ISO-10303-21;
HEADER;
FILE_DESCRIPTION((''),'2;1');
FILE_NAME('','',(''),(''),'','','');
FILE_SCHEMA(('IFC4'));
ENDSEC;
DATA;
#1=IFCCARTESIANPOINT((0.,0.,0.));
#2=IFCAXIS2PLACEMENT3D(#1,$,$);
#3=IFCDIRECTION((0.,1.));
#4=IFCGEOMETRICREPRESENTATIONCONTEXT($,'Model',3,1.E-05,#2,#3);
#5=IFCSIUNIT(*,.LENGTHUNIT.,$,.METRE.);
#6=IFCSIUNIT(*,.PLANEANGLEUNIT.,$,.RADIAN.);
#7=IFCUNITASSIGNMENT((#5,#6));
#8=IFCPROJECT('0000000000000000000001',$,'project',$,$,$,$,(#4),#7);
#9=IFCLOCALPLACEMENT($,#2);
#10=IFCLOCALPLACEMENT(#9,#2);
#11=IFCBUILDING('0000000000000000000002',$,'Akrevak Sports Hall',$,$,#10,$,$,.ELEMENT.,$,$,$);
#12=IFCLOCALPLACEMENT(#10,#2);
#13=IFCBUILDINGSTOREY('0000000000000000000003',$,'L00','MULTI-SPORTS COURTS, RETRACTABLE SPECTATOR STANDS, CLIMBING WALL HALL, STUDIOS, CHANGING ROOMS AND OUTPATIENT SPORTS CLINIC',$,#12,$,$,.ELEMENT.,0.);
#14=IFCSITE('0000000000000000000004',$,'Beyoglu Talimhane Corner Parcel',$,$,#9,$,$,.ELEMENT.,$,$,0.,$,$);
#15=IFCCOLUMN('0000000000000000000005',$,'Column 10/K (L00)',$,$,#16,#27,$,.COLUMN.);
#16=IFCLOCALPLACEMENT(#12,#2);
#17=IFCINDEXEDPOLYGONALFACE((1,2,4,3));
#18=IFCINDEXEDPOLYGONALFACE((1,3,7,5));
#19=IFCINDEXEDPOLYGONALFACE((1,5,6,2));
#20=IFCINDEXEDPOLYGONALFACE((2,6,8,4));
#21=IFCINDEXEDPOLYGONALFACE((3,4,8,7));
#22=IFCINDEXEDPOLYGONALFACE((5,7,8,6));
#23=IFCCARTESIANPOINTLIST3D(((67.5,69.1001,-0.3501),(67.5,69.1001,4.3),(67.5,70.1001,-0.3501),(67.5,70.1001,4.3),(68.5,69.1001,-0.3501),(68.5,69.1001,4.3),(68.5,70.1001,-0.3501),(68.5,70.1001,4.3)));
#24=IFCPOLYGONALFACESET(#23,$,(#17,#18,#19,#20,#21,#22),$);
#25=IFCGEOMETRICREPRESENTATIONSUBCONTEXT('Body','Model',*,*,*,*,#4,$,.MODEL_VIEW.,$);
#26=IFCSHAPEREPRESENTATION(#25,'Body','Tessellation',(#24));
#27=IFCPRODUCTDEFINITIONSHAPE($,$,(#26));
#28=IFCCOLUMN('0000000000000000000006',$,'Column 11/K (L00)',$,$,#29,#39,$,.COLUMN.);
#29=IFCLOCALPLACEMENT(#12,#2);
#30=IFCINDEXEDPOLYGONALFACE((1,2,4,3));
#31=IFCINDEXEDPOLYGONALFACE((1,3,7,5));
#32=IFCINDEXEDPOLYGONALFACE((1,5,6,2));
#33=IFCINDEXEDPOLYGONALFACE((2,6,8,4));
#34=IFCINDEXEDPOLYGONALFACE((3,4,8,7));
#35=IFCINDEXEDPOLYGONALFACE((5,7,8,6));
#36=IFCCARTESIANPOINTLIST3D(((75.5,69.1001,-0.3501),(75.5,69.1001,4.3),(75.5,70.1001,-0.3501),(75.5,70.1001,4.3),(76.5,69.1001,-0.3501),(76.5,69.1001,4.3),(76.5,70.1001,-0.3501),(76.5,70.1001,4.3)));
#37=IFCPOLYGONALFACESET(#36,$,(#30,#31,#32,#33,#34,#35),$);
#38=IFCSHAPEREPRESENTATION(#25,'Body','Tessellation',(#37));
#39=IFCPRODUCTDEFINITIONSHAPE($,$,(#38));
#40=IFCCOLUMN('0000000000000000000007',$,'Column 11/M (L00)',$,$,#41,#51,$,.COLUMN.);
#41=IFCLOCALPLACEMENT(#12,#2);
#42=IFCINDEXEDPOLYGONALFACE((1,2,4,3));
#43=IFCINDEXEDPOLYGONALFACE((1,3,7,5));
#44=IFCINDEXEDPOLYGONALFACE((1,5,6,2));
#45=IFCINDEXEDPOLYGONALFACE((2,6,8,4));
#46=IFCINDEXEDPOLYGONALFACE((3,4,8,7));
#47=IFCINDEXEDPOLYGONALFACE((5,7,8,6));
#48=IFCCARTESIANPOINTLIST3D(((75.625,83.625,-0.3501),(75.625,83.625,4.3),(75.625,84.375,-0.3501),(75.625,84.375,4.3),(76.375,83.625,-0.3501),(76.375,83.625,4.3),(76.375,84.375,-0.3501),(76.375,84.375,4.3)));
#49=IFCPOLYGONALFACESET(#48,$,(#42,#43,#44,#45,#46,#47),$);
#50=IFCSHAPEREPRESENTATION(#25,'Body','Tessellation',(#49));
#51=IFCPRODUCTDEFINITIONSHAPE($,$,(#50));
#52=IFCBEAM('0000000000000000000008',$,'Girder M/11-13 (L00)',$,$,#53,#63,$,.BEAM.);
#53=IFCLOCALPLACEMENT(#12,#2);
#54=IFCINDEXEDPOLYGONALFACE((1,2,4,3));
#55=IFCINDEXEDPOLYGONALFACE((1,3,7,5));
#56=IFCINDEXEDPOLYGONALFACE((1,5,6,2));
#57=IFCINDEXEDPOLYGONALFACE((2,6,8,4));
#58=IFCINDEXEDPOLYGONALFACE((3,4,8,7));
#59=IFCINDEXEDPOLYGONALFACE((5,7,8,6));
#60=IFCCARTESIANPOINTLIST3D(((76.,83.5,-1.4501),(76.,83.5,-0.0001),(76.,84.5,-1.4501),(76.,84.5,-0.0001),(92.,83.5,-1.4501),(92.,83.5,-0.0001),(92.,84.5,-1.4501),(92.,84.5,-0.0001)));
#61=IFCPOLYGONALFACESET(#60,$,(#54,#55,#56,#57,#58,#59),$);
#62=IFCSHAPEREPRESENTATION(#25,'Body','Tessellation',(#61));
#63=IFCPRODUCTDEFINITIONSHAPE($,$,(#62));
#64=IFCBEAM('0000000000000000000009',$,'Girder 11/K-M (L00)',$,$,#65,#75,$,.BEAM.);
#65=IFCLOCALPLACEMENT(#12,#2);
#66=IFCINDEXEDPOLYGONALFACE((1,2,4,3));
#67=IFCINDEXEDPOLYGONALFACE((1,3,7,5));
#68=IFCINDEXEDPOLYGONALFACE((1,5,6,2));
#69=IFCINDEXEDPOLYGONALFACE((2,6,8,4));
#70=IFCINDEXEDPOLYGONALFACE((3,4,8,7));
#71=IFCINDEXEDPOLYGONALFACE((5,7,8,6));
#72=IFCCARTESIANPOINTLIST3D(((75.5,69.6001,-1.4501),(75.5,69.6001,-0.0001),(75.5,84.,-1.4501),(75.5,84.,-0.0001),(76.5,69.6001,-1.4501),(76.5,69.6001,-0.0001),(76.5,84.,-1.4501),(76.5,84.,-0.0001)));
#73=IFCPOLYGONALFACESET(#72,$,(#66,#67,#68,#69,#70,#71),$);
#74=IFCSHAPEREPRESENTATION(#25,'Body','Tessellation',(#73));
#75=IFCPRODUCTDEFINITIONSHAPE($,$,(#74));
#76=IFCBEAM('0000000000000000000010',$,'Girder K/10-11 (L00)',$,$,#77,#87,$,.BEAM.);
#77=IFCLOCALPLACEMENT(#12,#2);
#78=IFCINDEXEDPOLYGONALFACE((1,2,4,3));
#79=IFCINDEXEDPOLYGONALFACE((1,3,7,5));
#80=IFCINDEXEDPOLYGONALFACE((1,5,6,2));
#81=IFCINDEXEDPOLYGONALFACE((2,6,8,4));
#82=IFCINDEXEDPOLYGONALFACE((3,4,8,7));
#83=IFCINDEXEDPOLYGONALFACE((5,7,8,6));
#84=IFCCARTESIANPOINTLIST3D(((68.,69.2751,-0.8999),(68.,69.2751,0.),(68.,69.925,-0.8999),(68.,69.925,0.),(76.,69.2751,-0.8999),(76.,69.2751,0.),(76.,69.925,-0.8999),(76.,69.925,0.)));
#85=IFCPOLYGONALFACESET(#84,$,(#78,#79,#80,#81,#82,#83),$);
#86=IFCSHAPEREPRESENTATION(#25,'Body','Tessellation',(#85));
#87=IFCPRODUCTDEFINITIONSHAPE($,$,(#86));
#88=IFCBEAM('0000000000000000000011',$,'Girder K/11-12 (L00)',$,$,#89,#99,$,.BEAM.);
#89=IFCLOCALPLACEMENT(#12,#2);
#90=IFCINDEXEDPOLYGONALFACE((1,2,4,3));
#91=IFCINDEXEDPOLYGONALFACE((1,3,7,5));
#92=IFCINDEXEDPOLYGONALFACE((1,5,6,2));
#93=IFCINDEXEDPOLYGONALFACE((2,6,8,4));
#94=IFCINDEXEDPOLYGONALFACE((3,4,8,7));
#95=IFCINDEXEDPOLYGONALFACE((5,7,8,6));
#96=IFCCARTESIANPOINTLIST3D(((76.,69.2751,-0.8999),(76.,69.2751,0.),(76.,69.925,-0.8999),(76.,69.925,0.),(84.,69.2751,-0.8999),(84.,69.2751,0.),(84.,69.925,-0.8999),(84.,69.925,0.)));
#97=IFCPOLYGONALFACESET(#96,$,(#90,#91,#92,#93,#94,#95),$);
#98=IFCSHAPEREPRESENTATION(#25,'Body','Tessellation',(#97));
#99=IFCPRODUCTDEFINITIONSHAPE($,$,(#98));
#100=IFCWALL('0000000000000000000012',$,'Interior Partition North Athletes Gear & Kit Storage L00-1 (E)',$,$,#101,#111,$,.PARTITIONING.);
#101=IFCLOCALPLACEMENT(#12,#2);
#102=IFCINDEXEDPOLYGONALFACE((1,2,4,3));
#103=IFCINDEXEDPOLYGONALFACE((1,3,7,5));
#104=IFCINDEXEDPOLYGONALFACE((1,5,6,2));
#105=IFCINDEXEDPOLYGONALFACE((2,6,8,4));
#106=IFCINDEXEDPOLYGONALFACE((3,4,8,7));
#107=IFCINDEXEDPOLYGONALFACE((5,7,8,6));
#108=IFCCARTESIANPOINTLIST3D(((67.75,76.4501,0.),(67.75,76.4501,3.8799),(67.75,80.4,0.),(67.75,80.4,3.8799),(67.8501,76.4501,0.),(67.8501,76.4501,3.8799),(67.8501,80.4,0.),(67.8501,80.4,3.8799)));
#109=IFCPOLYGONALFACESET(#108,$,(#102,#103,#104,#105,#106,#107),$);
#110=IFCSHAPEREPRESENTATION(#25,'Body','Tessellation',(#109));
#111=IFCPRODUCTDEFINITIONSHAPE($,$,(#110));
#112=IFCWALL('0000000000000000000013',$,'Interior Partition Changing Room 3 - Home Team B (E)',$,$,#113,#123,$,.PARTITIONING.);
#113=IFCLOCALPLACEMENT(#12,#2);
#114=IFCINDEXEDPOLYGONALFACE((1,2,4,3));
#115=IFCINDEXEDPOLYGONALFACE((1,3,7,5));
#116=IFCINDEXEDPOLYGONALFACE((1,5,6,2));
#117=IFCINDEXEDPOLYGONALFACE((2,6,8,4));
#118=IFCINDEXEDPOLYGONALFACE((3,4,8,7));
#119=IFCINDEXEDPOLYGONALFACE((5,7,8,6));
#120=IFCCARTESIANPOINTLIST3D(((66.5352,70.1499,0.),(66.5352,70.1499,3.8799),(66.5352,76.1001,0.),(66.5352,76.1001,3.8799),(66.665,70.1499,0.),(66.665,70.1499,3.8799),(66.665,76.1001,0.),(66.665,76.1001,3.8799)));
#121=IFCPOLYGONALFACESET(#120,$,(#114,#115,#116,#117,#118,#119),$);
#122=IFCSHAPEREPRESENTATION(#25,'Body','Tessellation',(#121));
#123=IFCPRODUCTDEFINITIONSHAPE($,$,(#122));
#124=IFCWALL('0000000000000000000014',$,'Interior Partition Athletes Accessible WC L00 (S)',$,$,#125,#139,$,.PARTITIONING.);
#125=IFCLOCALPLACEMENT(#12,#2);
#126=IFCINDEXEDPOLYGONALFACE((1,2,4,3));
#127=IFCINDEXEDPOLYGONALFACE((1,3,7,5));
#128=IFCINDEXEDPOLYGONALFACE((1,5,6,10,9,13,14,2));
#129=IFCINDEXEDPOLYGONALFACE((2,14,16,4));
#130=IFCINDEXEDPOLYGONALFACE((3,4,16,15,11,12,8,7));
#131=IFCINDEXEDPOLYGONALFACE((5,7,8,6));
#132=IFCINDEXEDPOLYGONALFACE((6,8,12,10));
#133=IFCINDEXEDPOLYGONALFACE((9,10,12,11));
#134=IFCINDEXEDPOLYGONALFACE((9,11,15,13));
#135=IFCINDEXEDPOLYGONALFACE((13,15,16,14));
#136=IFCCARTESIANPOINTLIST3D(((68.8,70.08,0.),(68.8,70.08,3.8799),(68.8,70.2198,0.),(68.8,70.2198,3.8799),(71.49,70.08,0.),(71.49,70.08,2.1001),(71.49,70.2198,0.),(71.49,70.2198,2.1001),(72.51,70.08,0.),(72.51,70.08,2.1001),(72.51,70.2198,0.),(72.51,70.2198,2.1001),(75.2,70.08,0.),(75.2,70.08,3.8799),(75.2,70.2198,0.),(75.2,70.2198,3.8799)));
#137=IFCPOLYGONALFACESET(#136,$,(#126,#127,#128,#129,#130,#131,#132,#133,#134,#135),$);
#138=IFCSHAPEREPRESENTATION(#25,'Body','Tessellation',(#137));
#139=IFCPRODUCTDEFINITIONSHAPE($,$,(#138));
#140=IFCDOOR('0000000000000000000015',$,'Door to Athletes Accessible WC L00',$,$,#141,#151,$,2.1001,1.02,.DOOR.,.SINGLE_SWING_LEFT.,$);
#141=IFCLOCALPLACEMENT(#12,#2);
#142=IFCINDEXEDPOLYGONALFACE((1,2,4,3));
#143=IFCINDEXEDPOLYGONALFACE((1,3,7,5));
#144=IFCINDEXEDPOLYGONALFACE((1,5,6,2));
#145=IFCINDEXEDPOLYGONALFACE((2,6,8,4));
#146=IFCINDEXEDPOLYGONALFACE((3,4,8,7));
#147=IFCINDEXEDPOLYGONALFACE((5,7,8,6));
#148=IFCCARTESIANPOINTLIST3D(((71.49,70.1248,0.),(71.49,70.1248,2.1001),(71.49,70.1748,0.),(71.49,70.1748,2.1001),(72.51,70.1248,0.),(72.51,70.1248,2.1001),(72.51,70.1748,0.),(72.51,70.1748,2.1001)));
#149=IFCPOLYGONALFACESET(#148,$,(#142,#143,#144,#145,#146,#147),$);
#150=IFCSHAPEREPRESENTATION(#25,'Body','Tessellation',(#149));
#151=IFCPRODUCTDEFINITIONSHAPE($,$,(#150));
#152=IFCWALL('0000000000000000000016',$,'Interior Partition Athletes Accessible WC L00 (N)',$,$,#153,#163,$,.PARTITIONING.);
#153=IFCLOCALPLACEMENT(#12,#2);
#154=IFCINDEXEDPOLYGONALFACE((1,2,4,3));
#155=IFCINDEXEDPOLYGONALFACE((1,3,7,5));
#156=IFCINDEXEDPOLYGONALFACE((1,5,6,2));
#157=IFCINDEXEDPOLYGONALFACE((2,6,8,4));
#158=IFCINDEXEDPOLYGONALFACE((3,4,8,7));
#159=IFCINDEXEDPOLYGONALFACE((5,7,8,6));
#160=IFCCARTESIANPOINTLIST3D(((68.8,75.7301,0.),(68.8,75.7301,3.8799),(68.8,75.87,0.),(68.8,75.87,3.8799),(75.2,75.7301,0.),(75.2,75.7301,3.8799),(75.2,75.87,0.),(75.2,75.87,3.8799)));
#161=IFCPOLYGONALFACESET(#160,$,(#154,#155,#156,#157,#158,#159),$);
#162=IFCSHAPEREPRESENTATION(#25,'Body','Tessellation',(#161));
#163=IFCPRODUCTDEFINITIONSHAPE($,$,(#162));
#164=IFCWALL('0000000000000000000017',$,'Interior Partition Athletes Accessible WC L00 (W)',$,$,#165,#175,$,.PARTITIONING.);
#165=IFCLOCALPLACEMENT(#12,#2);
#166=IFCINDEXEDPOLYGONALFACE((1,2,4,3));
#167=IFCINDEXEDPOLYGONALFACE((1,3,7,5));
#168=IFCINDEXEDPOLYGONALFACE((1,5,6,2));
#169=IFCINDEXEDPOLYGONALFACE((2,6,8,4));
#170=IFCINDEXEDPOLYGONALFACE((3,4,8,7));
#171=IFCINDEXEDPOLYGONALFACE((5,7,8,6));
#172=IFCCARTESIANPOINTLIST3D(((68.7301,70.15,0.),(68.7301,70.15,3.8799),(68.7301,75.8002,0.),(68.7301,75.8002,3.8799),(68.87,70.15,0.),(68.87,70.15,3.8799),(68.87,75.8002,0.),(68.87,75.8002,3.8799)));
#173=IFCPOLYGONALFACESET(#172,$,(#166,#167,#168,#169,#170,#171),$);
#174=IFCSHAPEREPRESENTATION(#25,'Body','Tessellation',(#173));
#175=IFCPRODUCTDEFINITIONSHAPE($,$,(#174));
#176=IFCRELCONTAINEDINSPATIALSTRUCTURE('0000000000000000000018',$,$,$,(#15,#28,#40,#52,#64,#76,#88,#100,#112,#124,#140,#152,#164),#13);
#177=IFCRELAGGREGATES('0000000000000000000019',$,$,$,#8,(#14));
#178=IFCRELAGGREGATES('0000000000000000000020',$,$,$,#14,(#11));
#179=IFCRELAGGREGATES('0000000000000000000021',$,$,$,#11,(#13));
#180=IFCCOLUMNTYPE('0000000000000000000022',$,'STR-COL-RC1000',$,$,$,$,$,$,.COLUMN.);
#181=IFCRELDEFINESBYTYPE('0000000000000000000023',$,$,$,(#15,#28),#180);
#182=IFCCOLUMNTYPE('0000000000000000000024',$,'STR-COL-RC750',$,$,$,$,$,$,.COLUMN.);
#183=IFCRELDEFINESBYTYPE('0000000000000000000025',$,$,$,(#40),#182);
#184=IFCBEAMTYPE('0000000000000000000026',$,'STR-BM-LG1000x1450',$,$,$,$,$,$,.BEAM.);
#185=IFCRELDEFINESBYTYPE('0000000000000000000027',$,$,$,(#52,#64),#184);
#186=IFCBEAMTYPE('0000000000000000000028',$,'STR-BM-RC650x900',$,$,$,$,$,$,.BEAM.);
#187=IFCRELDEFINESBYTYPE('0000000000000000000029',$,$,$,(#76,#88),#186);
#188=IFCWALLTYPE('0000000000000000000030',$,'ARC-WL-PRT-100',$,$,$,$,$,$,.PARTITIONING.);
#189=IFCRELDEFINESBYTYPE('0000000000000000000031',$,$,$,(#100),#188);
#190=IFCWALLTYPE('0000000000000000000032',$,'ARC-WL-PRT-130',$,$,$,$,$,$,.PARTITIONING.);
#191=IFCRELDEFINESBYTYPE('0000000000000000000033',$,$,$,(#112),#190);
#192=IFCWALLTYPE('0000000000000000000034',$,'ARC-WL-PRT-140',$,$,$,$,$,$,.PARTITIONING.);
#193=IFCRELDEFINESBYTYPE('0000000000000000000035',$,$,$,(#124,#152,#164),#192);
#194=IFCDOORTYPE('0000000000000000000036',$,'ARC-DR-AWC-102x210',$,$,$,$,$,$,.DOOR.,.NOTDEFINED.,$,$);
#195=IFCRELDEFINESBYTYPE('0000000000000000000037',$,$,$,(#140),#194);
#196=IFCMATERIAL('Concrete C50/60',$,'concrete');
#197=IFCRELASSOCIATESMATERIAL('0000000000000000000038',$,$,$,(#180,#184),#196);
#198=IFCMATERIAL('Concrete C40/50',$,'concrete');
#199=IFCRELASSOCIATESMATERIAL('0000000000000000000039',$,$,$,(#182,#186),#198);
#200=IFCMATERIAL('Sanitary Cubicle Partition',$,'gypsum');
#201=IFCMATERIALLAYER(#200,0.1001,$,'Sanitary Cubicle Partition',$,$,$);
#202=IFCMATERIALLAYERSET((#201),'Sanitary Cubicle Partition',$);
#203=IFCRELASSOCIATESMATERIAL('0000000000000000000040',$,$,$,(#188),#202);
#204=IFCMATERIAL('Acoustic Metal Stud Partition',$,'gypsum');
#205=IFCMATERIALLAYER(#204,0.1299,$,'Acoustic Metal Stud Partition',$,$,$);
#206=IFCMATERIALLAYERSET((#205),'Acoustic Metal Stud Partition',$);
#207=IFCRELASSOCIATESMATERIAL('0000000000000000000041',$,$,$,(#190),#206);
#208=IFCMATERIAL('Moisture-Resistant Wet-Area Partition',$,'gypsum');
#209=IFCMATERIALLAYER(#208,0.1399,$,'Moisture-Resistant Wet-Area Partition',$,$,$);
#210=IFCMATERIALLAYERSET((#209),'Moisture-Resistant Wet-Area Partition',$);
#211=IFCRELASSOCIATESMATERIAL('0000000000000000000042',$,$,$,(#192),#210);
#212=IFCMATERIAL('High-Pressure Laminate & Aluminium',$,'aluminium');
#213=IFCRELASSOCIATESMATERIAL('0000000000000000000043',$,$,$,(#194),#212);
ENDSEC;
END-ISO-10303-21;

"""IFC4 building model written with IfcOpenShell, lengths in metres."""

from ifc_helpers import new_model, si_unit, direction, frame, frame_2d, origin, origin_2d, place, context, subcontext, project, spatial, rectangle, extrude, material, layer, layer_set, material_profile, profile_set, type_object, element, fill, save


model = new_model("IFC4")

# Units and contexts
model_context = context("Model", 3, precision=1e-05, world=origin(), true_north=direction((0.0, 1.0)))
body_context = subcontext(model_context, "Body", "Model", "MODEL_VIEW")
ifc_project = project(units=[si_unit("LENGTHUNIT", "METRE"), si_unit("PLANEANGLEUNIT", "RADIAN")], contexts=[model_context])

# Site, building, storey
site_placement = place(None, origin())
site = spatial("IfcSite", under=ifc_project, at=site_placement, Name="Beyoglu Talimhane Corner Parcel", CompositionType="ELEMENT", RefElevation=0.0)
building_placement = place(site_placement, origin())
building = spatial("IfcBuilding", under=site, at=building_placement, Name="Akrevak Sports Hall", CompositionType="ELEMENT")
storey_placement = place(building_placement, origin())
storey = spatial("IfcBuildingStorey", under=building, at=storey_placement, Name="L00", Description="MULTI-SPORTS COURTS, RETRACTABLE SPECTATOR STANDS, CLIMBING WALL HALL, STUDIOS, CHANGING ROOMS AND OUTPATIENT SPORTS CLINIC", CompositionType="ELEMENT", Elevation=0.0)

# Columns
ifc_material_1 = material(Name="Concrete C50/60", Category="concrete")
ifc_material_profile_1 = material_profile(ifc_material_1, rectangle(XDim=1.0, YDim=1.0, at=origin_2d()), Name="RC 1000x1000", Category="concrete")
ifc_profile_set_1 = profile_set([ifc_material_profile_1], Name="Concrete C50/60")
column_type_1 = type_object("IfcColumnType", Name="STR-COL-RC1000", PredefinedType="COLUMN", material=ifc_profile_set_1)
for number, where, z_axis, x_axis, name in (
    (1, (68.0, 69.6001, -0.3501), (0.0, 0.0, 1.0), (1.0, 0.0, 0.0), "Column 10/K (L00)"),
    (2, (76.0, 69.6001, -0.3501), (0.0, 0.0, 1.0), (1.0, 0.0, 0.0), "Column 11/K (L00)"),
):
    element("IfcColumn", number, at=place(storey_placement, frame(where, z_axis=z_axis, x_axis=x_axis)), inside=storey, type_object=column_type_1, Name=name, PredefinedType="COLUMN", context=body_context, shape_type="SweptSolid", body=[
        extrude(rectangle(XDim=1.0, YDim=1.0, at=origin_2d()), origin(), (0.0, 0.0, 1.0), 4.6501),
    ])
ifc_material_2 = material(Name="Concrete C40/50", Category="concrete")
ifc_material_profile_2 = material_profile(ifc_material_2, rectangle(XDim=0.75, YDim=0.75, at=origin_2d()), Name="RC 750x750", Category="concrete")
ifc_profile_set_2 = profile_set([ifc_material_profile_2], Name="Concrete C40/50")
column_type_2 = type_object("IfcColumnType", Name="STR-COL-RC750", PredefinedType="COLUMN", material=ifc_profile_set_2)
column_placement = place(storey_placement, frame((76.0, 84.0, -0.3501), z_axis=(0.0, 0.0, 1.0), x_axis=(1.0, 0.0, 0.0)))
element("IfcColumn", 3, at=column_placement, inside=storey, type_object=column_type_2, Name="Column 11/M (L00)", PredefinedType="COLUMN", context=body_context, shape_type="SweptSolid", body=[
    extrude(rectangle(XDim=0.75, YDim=0.75, at=origin_2d()), origin(), (0.0, 0.0, 1.0), 4.6501),
])

# Beams
ifc_material_profile_3 = material_profile(ifc_material_1, rectangle(XDim=1.0, YDim=1.45, at=origin_2d()), Name="BM 1000x1450", Category="concrete")
ifc_profile_set_3 = profile_set([ifc_material_profile_3], Name="Concrete C50/60")
beam_type_1 = type_object("IfcBeamType", Name="STR-BM-LG1000x1450", PredefinedType="BEAM", material=ifc_profile_set_3)
beam_1_placement = place(storey_placement, frame((76.0, 84.0, -0.7251), z_axis=(1.0, 0.0, 0.0), x_axis=(0.0, 1.0, 0.0)))
element("IfcBeam", 4, at=beam_1_placement, inside=storey, type_object=beam_type_1, Name="Girder M/11-13 (L00)", PredefinedType="BEAM", context=body_context, shape_type="SweptSolid", body=[
    extrude(rectangle(XDim=1.0, YDim=1.45, at=origin_2d()), origin(), (0.0, 0.0, 1.0), 16.0),
])
beam_2_placement = place(storey_placement, frame((76.0, 69.6001, -0.7251), z_axis=(0.0, 1.0, 0.0), x_axis=(-1.0, 0.0, 0.0)))
element("IfcBeam", 5, at=beam_2_placement, inside=storey, type_object=beam_type_1, Name="Girder 11/K-M (L00)", PredefinedType="BEAM", context=body_context, shape_type="SweptSolid", body=[
    extrude(rectangle(XDim=1.0, YDim=1.45, at=origin_2d()), origin(), (0.0, 0.0, 1.0), 14.3999),
])
ifc_material_profile_4 = material_profile(ifc_material_2, rectangle(XDim=0.6499, YDim=0.8999, at=origin_2d()), Name="BM 650x900", Category="concrete")
ifc_profile_set_4 = profile_set([ifc_material_profile_4], Name="Concrete C40/50")
beam_type_2 = type_object("IfcBeamType", Name="STR-BM-RC650x900", PredefinedType="BEAM", material=ifc_profile_set_4)
for number, where, z_axis, x_axis, name in (
    (6, (68.0, 69.6001, -0.45), (1.0, 0.0, 0.0), (0.0, 1.0, 0.0), "Girder K/10-11 (L00)"),
    (7, (76.0, 69.6001, -0.45), (1.0, 0.0, 0.0), (0.0, 1.0, 0.0), "Girder K/11-12 (L00)"),
):
    element("IfcBeam", number, at=place(storey_placement, frame(where, z_axis=z_axis, x_axis=x_axis)), inside=storey, type_object=beam_type_2, Name=name, PredefinedType="BEAM", context=body_context, shape_type="SweptSolid", body=[
        extrude(rectangle(XDim=0.6499, YDim=0.8999, at=origin_2d()), origin(), (0.0, 0.0, 1.0), 8.0),
    ])

# Walls
ifc_material_3 = material(Name="Sanitary Cubicle Partition", Category="gypsum")
ifc_layer_1 = layer(ifc_material_3, 0.1001, Name="Sanitary Cubicle Partition")
ifc_layer_set_1 = layer_set([ifc_layer_1], Name="Sanitary Cubicle Partition")
wall_type_1 = type_object("IfcWallType", Name="ARC-WL-PRT-100", PredefinedType="PARTITIONING", material=ifc_layer_set_1)
wall_1_placement = place(storey_placement, frame((67.8, 76.45, 0.0), z_axis=(0.0, 0.0, 1.0), x_axis=(0.0, 1.0, 0.0)))
element("IfcWall", 8, at=wall_1_placement, inside=storey, type_object=wall_type_1, Name="Interior Partition North Athletes Gear & Kit Storage L00-1 (E)", PredefinedType="PARTITIONING", context=body_context, shape_type="SweptSolid", body=[
    extrude(rectangle(XDim=3.95, YDim=0.1001, at=frame_2d((1.9751, 0.0))), origin(), (0.0, 0.0, 1.0), 3.8799),
])
ifc_material_4 = material(Name="Acoustic Metal Stud Partition", Category="gypsum")
ifc_layer_2 = layer(ifc_material_4, 0.1299, Name="Acoustic Metal Stud Partition")
ifc_layer_set_2 = layer_set([ifc_layer_2], Name="Acoustic Metal Stud Partition")
wall_type_2 = type_object("IfcWallType", Name="ARC-WL-PRT-130", PredefinedType="PARTITIONING", material=ifc_layer_set_2)
wall_2_placement = place(storey_placement, frame((66.6001, 70.1499, 0.0), z_axis=(0.0, 0.0, 1.0), x_axis=(0.0, 1.0, 0.0)))
element("IfcWall", 9, at=wall_2_placement, inside=storey, type_object=wall_type_2, Name="Interior Partition Changing Room 3 - Home Team B (E)", PredefinedType="PARTITIONING", context=body_context, shape_type="SweptSolid", body=[
    extrude(rectangle(XDim=5.9502, YDim=0.1299, at=frame_2d((2.9751, 0.0))), origin(), (0.0, 0.0, 1.0), 3.8799),
])

# Wall, opening, door
ifc_material_5 = material(Name="Moisture-Resistant Wet-Area Partition", Category="gypsum")
ifc_layer_3 = layer(ifc_material_5, 0.1399, Name="Moisture-Resistant Wet-Area Partition")
ifc_layer_set_3 = layer_set([ifc_layer_3], Name="Moisture-Resistant Wet-Area Partition")
wall_type_3 = type_object("IfcWallType", Name="ARC-WL-PRT-140", PredefinedType="PARTITIONING", material=ifc_layer_set_3)
wall_3_placement = place(storey_placement, frame((68.8, 70.1499, 0.0), z_axis=(0.0, 0.0, 1.0), x_axis=(1.0, 0.0, 0.0)))
wall_3 = element("IfcWall", 10, at=wall_3_placement, inside=storey, type_object=wall_type_3, Name="Interior Partition Athletes Accessible WC L00 (S)", PredefinedType="PARTITIONING", context=body_context, shape_type="SweptSolid", body=[
    extrude(rectangle(XDim=6.3999, YDim=0.1399, at=frame_2d((3.2, 0.0))), origin(), (0.0, 0.0, 1.0), 3.8799),
])
opening_1_placement = place(wall_3_placement, frame((2.6899, 0.0, 0.0)))
opening_1 = element("IfcOpeningElement", 11, at=opening_1_placement, cuts=wall_3, PredefinedType="OPENING", context=body_context, shape_type="SweptSolid", body=[
    extrude(rectangle(XDim=1.02, YDim=2.1001, at=frame_2d((0.51, 1.05))), frame((0.0, 0.082, 0.0), z_axis=(0.0, -1.0, 0.0), x_axis=(1.0, 0.0, 0.0)), (0.0, 0.0, 1.0), 0.1638),
])
ifc_material_6 = material(Name="High-Pressure Laminate & Aluminium", Category="aluminium")
door_type_1 = type_object("IfcDoorType", Name="ARC-DR-AWC-102x210", OperationType="NOTDEFINED", PredefinedType="DOOR", material=ifc_material_6)
door_1_placement = place(opening_1_placement, origin())
door_1 = element("IfcDoor", 12, at=door_1_placement, inside=storey, type_object=door_type_1, Name="Door to Athletes Accessible WC L00", OperationType="SINGLE_SWING_LEFT", OverallHeight=2.1001, OverallWidth=1.02, PredefinedType="DOOR", context=body_context, shape_type="SweptSolid", body=[
    extrude(rectangle(XDim=1.02, YDim=2.1001, at=frame_2d((0.51, 1.05))), frame((0.0, 0.0249, 0.0), z_axis=(0.0, -1.0, 0.0), x_axis=(1.0, 0.0, 0.0)), (0.0, 0.0, 1.0), 0.05),
])
fill(opening_1, door_1)

# Walls
wall_4_placement = place(storey_placement, frame((68.8, 75.8, 0.0), z_axis=(0.0, 0.0, 1.0), x_axis=(1.0, 0.0, 0.0)))
element("IfcWall", 13, at=wall_4_placement, inside=storey, type_object=wall_type_3, Name="Interior Partition Athletes Accessible WC L00 (N)", PredefinedType="PARTITIONING", context=body_context, shape_type="SweptSolid", body=[
    extrude(rectangle(XDim=6.3999, YDim=0.1399, at=frame_2d((3.2, 0.0))), origin(), (0.0, 0.0, 1.0), 3.8799),
])
for number, where, z_axis, x_axis, name in (
    (14, (68.8, 70.1499, 0.0), (0.0, 0.0, 1.0), (0.0, 1.0, 0.0), "Interior Partition Athletes Accessible WC L00 (W)"),
):
    element("IfcWall", number, at=place(storey_placement, frame(where, z_axis=z_axis, x_axis=x_axis)), inside=storey, type_object=wall_type_3, Name=name, PredefinedType="PARTITIONING", context=body_context, shape_type="SweptSolid", body=[
        extrude(rectangle(XDim=5.6501, YDim=0.1399, at=frame_2d((2.8252, 0.0))), origin(), (0.0, 0.0, 1.0), 3.8799),
    ])

save(model, "model.ifc")
